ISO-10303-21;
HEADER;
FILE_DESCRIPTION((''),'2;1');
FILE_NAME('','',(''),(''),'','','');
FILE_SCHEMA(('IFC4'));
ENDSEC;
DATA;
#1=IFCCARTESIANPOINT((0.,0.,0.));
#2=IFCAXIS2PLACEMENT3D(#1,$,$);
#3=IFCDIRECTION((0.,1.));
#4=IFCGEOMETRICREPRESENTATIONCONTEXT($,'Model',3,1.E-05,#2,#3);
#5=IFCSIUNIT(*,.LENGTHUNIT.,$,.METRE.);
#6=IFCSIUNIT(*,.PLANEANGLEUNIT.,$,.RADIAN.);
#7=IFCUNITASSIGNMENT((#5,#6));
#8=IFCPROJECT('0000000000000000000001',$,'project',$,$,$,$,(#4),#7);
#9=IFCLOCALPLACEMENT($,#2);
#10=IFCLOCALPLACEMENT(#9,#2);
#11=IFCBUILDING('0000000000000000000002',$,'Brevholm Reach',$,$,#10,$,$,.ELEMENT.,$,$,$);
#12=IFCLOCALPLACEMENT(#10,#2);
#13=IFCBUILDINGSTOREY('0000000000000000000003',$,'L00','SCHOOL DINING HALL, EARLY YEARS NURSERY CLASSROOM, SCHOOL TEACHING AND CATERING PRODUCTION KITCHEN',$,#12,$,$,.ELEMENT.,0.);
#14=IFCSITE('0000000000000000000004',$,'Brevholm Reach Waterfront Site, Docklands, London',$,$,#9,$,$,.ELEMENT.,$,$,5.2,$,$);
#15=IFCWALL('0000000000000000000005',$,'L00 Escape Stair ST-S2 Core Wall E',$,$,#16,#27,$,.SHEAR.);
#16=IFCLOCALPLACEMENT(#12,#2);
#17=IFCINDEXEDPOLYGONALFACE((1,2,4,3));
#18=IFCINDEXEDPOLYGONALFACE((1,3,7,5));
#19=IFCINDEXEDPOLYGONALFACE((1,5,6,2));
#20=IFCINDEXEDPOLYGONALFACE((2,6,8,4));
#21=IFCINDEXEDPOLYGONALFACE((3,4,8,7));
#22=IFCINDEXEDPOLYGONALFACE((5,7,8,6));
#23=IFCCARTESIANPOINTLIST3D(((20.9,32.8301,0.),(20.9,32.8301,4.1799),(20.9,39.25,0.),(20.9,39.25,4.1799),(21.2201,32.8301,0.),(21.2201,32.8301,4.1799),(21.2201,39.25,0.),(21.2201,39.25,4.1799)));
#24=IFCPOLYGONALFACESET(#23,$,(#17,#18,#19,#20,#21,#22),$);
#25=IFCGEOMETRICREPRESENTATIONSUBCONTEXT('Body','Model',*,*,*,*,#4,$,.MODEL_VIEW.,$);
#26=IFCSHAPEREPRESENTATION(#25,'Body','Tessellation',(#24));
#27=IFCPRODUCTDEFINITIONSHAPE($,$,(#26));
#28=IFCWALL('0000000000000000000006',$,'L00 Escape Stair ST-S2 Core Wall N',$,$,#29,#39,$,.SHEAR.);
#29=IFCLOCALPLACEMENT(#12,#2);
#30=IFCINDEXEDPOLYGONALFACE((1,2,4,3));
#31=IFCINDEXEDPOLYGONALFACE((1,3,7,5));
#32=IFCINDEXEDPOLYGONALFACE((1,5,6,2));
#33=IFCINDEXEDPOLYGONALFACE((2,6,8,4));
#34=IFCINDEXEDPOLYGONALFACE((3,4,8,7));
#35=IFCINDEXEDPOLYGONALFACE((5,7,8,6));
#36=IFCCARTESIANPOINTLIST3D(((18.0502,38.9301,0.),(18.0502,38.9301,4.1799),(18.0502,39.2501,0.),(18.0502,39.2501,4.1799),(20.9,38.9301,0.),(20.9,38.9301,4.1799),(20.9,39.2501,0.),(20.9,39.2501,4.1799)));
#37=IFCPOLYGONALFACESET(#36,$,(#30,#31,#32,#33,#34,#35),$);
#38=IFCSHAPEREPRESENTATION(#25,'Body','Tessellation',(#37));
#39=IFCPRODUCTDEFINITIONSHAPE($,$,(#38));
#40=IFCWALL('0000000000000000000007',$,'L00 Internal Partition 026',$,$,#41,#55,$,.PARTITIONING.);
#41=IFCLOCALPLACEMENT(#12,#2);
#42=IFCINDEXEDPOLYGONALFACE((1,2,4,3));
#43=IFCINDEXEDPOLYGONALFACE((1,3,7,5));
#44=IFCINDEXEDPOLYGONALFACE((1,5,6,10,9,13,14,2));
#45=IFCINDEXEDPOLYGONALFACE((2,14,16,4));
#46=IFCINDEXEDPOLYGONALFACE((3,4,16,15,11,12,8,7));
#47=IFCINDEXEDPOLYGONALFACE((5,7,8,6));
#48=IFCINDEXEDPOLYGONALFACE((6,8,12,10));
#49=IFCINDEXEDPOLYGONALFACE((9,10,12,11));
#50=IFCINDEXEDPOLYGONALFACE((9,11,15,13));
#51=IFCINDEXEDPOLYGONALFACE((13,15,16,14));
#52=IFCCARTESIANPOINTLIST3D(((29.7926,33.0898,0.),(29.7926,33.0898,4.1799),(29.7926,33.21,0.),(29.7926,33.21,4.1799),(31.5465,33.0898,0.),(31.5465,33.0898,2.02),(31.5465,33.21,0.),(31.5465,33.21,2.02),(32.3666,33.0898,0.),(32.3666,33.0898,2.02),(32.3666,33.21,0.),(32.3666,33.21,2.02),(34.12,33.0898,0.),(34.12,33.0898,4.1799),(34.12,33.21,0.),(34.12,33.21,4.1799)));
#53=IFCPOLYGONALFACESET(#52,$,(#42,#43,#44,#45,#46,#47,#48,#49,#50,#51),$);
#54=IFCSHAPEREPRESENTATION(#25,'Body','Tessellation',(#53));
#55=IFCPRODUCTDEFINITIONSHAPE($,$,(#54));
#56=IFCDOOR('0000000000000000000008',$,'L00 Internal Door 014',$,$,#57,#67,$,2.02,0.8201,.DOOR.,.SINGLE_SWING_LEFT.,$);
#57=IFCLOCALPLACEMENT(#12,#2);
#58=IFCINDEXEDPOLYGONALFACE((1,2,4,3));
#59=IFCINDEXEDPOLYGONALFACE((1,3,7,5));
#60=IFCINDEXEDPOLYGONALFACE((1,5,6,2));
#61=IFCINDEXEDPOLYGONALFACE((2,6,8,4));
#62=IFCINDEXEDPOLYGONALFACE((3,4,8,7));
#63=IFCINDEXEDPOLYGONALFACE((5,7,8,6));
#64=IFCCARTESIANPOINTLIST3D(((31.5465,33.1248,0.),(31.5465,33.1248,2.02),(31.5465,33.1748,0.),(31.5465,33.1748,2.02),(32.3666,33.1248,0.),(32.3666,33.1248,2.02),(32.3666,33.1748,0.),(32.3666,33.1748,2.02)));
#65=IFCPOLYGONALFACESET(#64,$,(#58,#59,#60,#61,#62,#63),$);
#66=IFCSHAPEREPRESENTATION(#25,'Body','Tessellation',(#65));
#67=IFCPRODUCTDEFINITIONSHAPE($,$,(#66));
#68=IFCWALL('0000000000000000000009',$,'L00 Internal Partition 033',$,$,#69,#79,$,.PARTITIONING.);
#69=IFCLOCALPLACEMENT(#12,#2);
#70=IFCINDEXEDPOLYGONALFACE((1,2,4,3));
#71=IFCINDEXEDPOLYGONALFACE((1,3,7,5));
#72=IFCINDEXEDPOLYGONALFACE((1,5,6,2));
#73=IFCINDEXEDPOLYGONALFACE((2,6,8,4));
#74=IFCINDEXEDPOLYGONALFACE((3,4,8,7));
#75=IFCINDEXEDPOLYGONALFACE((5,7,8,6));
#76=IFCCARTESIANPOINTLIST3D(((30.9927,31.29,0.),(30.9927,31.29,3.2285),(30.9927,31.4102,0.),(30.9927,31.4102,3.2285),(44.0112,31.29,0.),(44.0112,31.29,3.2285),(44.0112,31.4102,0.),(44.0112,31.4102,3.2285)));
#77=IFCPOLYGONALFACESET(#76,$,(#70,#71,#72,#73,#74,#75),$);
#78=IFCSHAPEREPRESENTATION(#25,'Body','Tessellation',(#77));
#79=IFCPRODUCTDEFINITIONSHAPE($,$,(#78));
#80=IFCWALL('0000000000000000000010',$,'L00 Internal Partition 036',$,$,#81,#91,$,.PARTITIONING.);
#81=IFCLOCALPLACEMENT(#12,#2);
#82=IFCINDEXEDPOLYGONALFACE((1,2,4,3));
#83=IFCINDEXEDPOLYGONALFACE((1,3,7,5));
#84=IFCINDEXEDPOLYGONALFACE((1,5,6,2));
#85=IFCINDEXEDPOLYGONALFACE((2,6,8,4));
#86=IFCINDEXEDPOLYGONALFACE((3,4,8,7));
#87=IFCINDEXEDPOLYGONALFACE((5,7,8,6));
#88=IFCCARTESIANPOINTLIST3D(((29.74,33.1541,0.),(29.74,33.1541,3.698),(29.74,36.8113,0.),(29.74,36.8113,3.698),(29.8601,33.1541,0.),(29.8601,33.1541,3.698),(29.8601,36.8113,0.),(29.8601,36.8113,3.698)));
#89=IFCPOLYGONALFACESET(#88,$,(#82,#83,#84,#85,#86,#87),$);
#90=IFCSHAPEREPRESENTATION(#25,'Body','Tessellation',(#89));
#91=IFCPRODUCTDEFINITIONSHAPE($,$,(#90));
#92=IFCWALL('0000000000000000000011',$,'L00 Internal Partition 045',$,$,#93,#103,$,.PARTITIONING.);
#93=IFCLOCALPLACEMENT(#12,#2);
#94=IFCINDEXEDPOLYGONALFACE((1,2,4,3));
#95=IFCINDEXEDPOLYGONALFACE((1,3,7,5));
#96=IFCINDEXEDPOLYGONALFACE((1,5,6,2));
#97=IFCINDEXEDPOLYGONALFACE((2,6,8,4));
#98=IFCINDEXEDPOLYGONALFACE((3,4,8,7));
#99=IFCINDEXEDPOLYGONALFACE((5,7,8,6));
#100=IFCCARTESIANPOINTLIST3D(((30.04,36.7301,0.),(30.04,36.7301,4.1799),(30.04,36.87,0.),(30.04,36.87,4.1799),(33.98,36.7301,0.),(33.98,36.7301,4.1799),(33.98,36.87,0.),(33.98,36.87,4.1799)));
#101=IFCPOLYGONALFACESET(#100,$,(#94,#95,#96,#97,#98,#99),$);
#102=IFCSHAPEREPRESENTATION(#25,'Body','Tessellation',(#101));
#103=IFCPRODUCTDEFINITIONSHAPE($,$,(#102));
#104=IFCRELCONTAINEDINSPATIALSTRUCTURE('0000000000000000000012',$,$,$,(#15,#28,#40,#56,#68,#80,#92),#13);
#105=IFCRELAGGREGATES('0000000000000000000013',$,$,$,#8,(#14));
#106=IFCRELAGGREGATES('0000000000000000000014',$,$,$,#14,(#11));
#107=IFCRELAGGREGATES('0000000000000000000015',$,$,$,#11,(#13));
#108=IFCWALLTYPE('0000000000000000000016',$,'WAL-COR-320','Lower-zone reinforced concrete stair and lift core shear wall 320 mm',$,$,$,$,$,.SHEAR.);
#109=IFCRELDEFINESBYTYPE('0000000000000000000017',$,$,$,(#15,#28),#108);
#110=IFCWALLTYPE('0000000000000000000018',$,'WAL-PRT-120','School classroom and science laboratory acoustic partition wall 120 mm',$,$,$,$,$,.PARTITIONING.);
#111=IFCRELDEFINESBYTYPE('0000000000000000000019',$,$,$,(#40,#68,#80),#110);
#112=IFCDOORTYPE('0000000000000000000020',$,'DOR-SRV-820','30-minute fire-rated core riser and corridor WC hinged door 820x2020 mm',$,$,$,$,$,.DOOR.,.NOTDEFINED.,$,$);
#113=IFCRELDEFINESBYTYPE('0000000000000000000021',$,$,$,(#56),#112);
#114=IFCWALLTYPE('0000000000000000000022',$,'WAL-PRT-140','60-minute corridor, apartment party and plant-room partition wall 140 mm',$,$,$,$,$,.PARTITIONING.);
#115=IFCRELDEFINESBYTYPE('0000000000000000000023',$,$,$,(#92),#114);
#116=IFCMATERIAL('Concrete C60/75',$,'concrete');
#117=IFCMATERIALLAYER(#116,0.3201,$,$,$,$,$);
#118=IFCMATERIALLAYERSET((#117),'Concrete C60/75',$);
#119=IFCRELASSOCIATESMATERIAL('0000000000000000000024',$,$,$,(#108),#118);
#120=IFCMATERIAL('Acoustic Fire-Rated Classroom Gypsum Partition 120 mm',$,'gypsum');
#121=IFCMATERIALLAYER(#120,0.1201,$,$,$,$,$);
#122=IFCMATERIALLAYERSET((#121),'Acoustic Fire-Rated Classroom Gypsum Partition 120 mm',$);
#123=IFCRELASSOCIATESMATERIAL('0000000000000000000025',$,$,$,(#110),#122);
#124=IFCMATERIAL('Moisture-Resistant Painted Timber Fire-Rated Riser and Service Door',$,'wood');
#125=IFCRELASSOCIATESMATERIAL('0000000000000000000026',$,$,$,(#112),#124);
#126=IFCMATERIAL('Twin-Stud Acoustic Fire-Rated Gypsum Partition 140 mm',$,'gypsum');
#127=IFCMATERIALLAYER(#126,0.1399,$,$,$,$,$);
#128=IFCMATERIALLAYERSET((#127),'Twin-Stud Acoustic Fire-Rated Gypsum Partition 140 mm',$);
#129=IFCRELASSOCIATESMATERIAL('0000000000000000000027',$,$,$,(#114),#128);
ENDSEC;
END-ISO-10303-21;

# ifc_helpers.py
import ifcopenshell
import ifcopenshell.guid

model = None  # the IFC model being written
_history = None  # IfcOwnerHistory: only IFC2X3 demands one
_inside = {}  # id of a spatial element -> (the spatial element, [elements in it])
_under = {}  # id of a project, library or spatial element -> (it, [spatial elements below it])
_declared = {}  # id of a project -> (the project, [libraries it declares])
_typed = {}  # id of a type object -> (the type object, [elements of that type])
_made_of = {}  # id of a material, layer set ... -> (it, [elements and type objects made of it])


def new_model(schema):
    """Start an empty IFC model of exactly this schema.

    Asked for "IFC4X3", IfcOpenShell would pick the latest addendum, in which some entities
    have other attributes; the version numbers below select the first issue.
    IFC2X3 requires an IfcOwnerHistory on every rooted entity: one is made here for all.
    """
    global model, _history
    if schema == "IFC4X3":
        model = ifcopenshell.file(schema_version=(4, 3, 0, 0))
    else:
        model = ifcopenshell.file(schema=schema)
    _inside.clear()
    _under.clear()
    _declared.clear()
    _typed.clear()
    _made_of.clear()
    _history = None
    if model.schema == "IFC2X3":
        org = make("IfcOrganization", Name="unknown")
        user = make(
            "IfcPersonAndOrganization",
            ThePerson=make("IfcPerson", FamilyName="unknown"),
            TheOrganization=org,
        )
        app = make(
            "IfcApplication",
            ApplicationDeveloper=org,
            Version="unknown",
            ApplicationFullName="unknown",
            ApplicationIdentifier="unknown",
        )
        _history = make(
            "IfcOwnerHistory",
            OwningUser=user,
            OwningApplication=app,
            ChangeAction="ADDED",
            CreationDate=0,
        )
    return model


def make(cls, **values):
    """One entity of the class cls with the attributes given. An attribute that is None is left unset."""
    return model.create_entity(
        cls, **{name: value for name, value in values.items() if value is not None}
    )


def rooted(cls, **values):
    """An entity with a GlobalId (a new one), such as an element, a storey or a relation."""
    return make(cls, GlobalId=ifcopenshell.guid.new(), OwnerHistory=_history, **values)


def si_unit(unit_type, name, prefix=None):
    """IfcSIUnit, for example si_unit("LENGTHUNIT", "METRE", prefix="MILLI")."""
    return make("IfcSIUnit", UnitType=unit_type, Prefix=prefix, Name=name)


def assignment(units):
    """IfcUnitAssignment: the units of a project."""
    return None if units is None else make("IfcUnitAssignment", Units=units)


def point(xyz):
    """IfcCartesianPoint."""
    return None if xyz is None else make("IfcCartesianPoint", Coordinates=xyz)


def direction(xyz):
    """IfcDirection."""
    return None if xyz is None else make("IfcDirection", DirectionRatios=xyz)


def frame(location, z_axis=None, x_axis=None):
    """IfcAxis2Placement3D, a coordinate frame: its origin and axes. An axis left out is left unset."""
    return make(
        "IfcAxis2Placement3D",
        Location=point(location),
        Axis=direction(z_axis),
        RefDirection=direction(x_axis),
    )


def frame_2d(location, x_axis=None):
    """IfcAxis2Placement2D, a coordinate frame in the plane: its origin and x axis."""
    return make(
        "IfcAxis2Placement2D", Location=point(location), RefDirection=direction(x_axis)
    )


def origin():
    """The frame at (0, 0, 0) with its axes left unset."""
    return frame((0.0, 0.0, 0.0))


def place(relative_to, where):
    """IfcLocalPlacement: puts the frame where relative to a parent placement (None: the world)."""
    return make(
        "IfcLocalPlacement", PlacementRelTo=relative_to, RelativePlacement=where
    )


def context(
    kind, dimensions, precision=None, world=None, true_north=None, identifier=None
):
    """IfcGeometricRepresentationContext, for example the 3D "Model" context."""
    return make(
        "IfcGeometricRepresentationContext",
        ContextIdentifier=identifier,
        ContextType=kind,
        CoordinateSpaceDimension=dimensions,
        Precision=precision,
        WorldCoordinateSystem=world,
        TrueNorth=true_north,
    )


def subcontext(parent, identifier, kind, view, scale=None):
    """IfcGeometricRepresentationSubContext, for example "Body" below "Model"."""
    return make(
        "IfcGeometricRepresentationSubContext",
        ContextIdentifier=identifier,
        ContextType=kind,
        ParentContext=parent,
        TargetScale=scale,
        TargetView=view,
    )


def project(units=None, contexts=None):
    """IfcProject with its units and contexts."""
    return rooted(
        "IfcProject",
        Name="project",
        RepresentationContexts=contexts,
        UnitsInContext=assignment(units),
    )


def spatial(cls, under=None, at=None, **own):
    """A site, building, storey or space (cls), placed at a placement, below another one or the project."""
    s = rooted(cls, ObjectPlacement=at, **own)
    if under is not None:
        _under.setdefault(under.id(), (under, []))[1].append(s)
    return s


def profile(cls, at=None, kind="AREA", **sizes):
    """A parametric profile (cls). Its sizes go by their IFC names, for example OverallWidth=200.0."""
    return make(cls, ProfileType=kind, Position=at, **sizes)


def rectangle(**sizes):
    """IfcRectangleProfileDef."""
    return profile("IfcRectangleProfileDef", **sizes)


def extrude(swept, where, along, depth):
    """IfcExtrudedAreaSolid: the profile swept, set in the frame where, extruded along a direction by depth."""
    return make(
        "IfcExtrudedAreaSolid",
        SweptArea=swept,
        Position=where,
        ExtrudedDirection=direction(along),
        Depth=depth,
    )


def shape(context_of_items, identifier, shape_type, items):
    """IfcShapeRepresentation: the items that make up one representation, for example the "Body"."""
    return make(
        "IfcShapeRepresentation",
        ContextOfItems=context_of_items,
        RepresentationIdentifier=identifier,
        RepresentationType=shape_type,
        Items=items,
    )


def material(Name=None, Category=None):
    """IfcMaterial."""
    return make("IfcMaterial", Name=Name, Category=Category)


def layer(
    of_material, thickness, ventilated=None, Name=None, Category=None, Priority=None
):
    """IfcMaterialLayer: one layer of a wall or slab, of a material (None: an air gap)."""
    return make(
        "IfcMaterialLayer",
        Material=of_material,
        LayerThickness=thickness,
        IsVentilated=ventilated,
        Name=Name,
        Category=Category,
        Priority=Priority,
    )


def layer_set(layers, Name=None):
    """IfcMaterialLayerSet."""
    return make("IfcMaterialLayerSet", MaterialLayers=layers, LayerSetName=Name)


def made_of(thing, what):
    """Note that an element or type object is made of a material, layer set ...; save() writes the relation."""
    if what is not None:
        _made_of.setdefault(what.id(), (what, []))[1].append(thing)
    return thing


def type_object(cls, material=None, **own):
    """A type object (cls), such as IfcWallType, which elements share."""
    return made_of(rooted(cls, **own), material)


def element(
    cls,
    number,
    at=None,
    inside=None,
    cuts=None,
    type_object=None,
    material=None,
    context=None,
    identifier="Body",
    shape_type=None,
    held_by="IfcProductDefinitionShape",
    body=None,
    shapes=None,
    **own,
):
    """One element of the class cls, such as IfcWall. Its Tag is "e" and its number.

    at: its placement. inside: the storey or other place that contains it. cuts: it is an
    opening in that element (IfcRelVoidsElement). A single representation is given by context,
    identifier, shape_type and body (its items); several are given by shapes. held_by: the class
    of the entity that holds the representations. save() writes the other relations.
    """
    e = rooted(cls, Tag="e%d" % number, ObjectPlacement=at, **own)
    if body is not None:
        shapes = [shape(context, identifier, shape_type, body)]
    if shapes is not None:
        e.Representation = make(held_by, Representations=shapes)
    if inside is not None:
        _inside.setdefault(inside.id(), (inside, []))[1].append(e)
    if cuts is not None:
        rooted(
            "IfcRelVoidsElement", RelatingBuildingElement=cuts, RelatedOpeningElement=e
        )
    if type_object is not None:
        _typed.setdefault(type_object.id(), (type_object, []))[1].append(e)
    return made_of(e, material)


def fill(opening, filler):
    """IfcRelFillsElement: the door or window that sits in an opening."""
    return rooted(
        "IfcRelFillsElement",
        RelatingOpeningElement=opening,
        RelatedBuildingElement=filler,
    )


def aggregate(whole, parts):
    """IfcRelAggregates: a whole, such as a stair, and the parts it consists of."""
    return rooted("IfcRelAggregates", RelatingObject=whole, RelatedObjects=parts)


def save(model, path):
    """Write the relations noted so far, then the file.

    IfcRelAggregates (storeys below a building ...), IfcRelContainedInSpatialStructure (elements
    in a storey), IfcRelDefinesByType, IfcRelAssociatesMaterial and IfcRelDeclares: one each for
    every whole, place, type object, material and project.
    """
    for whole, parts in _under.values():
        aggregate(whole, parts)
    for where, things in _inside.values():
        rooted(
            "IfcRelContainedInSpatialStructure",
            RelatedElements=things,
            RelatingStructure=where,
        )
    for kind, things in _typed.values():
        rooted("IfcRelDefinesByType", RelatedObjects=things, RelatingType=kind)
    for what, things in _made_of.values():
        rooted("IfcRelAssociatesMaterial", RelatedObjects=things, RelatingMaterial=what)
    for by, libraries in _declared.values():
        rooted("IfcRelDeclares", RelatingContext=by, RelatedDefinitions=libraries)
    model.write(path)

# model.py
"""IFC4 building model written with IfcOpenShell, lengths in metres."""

from ifc_helpers import new_model, si_unit, direction, frame, frame_2d, origin, place, context, subcontext, project, spatial, rectangle, extrude, material, layer, layer_set, type_object, element, fill, save


model = new_model("IFC4")

# Units and contexts
model_context = context("Model", 3, precision=1e-05, world=origin(), true_north=direction((0.0, 1.0)))
body_context = subcontext(model_context, "Body", "Model", "MODEL_VIEW")
ifc_project = project(units=[si_unit("LENGTHUNIT", "METRE"), si_unit("PLANEANGLEUNIT", "RADIAN")], contexts=[model_context])

# Site, building, storey
site_placement = place(None, origin())
site = spatial("IfcSite", under=ifc_project, at=site_placement, Name="Brevholm Reach Waterfront Site, Docklands, London", CompositionType="ELEMENT", RefElevation=5.2)
building_placement = place(site_placement, origin())
building = spatial("IfcBuilding", under=site, at=building_placement, Name="Brevholm Reach", CompositionType="ELEMENT")
storey_placement = place(building_placement, origin())
storey = spatial("IfcBuildingStorey", under=building, at=storey_placement, Name="L00", Description="SCHOOL DINING HALL, EARLY YEARS NURSERY CLASSROOM, SCHOOL TEACHING AND CATERING PRODUCTION KITCHEN", CompositionType="ELEMENT", Elevation=0.0)

# Walls
ifc_material_1 = material(Name="Concrete C60/75", Category="concrete")
ifc_layer_1 = layer(ifc_material_1, 0.3201)
ifc_layer_set_1 = layer_set([ifc_layer_1], Name="Concrete C60/75")
wall_type_1 = type_object("IfcWallType", Name="WAL-COR-320", Description="Lower-zone reinforced concrete stair and lift core shear wall 320 mm", PredefinedType="SHEAR", material=ifc_layer_set_1)
wall_1_placement = place(storey_placement, frame((21.0601, 32.8301, 0.0), z_axis=(0.0, 0.0, 1.0), x_axis=(0.0, 1.0, 0.0)))
element("IfcWall", 1, at=wall_1_placement, inside=storey, type_object=wall_type_1, Name="L00 Escape Stair ST-S2 Core Wall E", PredefinedType="SHEAR", context=body_context, shape_type="SweptSolid", body=[
    extrude(rectangle(XDim=6.4199, YDim=0.3201, at=frame_2d((3.21, 0.0))), origin(), (0.0, 0.0, 1.0), 4.1799),
])
wall_2_placement = place(storey_placement, frame((20.8999, 39.0901, 0.0), z_axis=(0.0, 0.0, 1.0), x_axis=(-1.0, 0.0, 0.0)))
element("IfcWall", 2, at=wall_2_placement, inside=storey, type_object=wall_type_1, Name="L00 Escape Stair ST-S2 Core Wall N", PredefinedType="SHEAR", context=body_context, shape_type="SweptSolid", body=[
    extrude(rectangle(XDim=2.8499, YDim=0.3201, at=frame_2d((1.4248, 0.0))), origin(), (0.0, 0.0, 1.0), 4.1799),
])

# Wall, opening, door
ifc_material_2 = material(Name="Acoustic Fire-Rated Classroom Gypsum Partition 120 mm", Category="gypsum")
ifc_layer_2 = layer(ifc_material_2, 0.1201)
ifc_layer_set_2 = layer_set([ifc_layer_2], Name="Acoustic Fire-Rated Classroom Gypsum Partition 120 mm")
wall_type_2 = type_object("IfcWallType", Name="WAL-PRT-120", Description="School classroom and science laboratory acoustic partition wall 120 mm", PredefinedType="PARTITIONING", material=ifc_layer_set_2)
wall_3_placement = place(storey_placement, frame((29.7927, 33.1499, 0.0), z_axis=(0.0, 0.0, 1.0), x_axis=(1.0, 0.0, 0.0)))
wall_3 = element("IfcWall", 3, at=wall_3_placement, inside=storey, type_object=wall_type_2, Name="L00 Internal Partition 026", PredefinedType="PARTITIONING", context=body_context, shape_type="SweptSolid", body=[
    extrude(rectangle(XDim=4.3274, YDim=0.1201, at=frame_2d((2.1636, 0.0))), origin(), (0.0, 0.0, 1.0), 4.1799),
])
opening_placement = place(wall_3_placement, frame((1.7537, 0.0, 0.0)))
opening = element("IfcOpeningElement", 4, at=opening_placement, cuts=wall_3, PredefinedType="OPENING", context=body_context, shape_type="SweptSolid", body=[
    extrude(rectangle(XDim=0.8201, YDim=2.02, at=frame_2d((0.4102, 1.01))), frame((0.0, 0.0701, 0.0), z_axis=(0.0, -1.0, 0.0), x_axis=(1.0, 0.0, 0.0)), (0.0, 0.0, 1.0), 0.1401),
])
ifc_material_3 = material(Name="Moisture-Resistant Painted Timber Fire-Rated Riser and Service Door", Category="wood")
door_type = type_object("IfcDoorType", Name="DOR-SRV-820", Description="30-minute fire-rated core riser and corridor WC hinged door 820x2020 mm", OperationType="NOTDEFINED", PredefinedType="DOOR", material=ifc_material_3)
door_placement = place(opening_placement, origin())
door = element("IfcDoor", 5, at=door_placement, inside=storey, type_object=door_type, Name="L00 Internal Door 014", OperationType="SINGLE_SWING_LEFT", OverallHeight=2.02, OverallWidth=0.8201, PredefinedType="DOOR", context=body_context, shape_type="SweptSolid", body=[
    extrude(rectangle(XDim=0.8201, YDim=2.02, at=frame_2d((0.4102, 1.01))), frame((0.0, 0.0249, 0.0), z_axis=(0.0, -1.0, 0.0), x_axis=(1.0, 0.0, 0.0)), (0.0, 0.0, 1.0), 0.05),
])
fill(opening, door)

# Walls
wall_4_placement = place(storey_placement, frame((30.9927, 31.3501, 0.0), z_axis=(0.0, 0.0, 1.0), x_axis=(1.0, 0.0, 0.0)))
element("IfcWall", 6, at=wall_4_placement, inside=storey, type_object=wall_type_2, Name="L00 Internal Partition 033", PredefinedType="PARTITIONING", context=body_context, shape_type="SweptSolid", body=[
    extrude(rectangle(XDim=13.0186, YDim=0.1201, at=frame_2d((6.5093, 0.0))), origin(), (0.0, 0.0, 1.0), 3.2285),
])
wall_5_placement = place(storey_placement, frame((29.8, 33.1541, 0.0), z_axis=(0.0, 0.0, 1.0), x_axis=(0.0, 1.0, 0.0)))
element("IfcWall", 7, at=wall_5_placement, inside=storey, type_object=wall_type_2, Name="L00 Internal Partition 036", PredefinedType="PARTITIONING", context=body_context, shape_type="SweptSolid", body=[
    extrude(rectangle(XDim=3.6572, YDim=0.1201, at=frame_2d((1.8286, 0.0))), origin(), (0.0, 0.0, 1.0), 3.698),
])
ifc_material_4 = material(Name="Twin-Stud Acoustic Fire-Rated Gypsum Partition 140 mm", Category="gypsum")
ifc_layer_3 = layer(ifc_material_4, 0.1399)
ifc_layer_set_3 = layer_set([ifc_layer_3], Name="Twin-Stud Acoustic Fire-Rated Gypsum Partition 140 mm")
wall_type_3 = type_object("IfcWallType", Name="WAL-PRT-140", Description="60-minute corridor, apartment party and plant-room partition wall 140 mm", PredefinedType="PARTITIONING", material=ifc_layer_set_3)
wall_6_placement = place(storey_placement, frame((30.04, 36.8, 0.0), z_axis=(0.0, 0.0, 1.0), x_axis=(1.0, 0.0, 0.0)))
element("IfcWall", 8, at=wall_6_placement, inside=storey, type_object=wall_type_3, Name="L00 Internal Partition 045", PredefinedType="PARTITIONING", context=body_context, shape_type="SweptSolid", body=[
    extrude(rectangle(XDim=3.9399, YDim=0.1399, at=frame_2d((1.97, 0.0))), origin(), (0.0, 0.0, 1.0), 4.1799),
])

save(model, "model.ifc")
